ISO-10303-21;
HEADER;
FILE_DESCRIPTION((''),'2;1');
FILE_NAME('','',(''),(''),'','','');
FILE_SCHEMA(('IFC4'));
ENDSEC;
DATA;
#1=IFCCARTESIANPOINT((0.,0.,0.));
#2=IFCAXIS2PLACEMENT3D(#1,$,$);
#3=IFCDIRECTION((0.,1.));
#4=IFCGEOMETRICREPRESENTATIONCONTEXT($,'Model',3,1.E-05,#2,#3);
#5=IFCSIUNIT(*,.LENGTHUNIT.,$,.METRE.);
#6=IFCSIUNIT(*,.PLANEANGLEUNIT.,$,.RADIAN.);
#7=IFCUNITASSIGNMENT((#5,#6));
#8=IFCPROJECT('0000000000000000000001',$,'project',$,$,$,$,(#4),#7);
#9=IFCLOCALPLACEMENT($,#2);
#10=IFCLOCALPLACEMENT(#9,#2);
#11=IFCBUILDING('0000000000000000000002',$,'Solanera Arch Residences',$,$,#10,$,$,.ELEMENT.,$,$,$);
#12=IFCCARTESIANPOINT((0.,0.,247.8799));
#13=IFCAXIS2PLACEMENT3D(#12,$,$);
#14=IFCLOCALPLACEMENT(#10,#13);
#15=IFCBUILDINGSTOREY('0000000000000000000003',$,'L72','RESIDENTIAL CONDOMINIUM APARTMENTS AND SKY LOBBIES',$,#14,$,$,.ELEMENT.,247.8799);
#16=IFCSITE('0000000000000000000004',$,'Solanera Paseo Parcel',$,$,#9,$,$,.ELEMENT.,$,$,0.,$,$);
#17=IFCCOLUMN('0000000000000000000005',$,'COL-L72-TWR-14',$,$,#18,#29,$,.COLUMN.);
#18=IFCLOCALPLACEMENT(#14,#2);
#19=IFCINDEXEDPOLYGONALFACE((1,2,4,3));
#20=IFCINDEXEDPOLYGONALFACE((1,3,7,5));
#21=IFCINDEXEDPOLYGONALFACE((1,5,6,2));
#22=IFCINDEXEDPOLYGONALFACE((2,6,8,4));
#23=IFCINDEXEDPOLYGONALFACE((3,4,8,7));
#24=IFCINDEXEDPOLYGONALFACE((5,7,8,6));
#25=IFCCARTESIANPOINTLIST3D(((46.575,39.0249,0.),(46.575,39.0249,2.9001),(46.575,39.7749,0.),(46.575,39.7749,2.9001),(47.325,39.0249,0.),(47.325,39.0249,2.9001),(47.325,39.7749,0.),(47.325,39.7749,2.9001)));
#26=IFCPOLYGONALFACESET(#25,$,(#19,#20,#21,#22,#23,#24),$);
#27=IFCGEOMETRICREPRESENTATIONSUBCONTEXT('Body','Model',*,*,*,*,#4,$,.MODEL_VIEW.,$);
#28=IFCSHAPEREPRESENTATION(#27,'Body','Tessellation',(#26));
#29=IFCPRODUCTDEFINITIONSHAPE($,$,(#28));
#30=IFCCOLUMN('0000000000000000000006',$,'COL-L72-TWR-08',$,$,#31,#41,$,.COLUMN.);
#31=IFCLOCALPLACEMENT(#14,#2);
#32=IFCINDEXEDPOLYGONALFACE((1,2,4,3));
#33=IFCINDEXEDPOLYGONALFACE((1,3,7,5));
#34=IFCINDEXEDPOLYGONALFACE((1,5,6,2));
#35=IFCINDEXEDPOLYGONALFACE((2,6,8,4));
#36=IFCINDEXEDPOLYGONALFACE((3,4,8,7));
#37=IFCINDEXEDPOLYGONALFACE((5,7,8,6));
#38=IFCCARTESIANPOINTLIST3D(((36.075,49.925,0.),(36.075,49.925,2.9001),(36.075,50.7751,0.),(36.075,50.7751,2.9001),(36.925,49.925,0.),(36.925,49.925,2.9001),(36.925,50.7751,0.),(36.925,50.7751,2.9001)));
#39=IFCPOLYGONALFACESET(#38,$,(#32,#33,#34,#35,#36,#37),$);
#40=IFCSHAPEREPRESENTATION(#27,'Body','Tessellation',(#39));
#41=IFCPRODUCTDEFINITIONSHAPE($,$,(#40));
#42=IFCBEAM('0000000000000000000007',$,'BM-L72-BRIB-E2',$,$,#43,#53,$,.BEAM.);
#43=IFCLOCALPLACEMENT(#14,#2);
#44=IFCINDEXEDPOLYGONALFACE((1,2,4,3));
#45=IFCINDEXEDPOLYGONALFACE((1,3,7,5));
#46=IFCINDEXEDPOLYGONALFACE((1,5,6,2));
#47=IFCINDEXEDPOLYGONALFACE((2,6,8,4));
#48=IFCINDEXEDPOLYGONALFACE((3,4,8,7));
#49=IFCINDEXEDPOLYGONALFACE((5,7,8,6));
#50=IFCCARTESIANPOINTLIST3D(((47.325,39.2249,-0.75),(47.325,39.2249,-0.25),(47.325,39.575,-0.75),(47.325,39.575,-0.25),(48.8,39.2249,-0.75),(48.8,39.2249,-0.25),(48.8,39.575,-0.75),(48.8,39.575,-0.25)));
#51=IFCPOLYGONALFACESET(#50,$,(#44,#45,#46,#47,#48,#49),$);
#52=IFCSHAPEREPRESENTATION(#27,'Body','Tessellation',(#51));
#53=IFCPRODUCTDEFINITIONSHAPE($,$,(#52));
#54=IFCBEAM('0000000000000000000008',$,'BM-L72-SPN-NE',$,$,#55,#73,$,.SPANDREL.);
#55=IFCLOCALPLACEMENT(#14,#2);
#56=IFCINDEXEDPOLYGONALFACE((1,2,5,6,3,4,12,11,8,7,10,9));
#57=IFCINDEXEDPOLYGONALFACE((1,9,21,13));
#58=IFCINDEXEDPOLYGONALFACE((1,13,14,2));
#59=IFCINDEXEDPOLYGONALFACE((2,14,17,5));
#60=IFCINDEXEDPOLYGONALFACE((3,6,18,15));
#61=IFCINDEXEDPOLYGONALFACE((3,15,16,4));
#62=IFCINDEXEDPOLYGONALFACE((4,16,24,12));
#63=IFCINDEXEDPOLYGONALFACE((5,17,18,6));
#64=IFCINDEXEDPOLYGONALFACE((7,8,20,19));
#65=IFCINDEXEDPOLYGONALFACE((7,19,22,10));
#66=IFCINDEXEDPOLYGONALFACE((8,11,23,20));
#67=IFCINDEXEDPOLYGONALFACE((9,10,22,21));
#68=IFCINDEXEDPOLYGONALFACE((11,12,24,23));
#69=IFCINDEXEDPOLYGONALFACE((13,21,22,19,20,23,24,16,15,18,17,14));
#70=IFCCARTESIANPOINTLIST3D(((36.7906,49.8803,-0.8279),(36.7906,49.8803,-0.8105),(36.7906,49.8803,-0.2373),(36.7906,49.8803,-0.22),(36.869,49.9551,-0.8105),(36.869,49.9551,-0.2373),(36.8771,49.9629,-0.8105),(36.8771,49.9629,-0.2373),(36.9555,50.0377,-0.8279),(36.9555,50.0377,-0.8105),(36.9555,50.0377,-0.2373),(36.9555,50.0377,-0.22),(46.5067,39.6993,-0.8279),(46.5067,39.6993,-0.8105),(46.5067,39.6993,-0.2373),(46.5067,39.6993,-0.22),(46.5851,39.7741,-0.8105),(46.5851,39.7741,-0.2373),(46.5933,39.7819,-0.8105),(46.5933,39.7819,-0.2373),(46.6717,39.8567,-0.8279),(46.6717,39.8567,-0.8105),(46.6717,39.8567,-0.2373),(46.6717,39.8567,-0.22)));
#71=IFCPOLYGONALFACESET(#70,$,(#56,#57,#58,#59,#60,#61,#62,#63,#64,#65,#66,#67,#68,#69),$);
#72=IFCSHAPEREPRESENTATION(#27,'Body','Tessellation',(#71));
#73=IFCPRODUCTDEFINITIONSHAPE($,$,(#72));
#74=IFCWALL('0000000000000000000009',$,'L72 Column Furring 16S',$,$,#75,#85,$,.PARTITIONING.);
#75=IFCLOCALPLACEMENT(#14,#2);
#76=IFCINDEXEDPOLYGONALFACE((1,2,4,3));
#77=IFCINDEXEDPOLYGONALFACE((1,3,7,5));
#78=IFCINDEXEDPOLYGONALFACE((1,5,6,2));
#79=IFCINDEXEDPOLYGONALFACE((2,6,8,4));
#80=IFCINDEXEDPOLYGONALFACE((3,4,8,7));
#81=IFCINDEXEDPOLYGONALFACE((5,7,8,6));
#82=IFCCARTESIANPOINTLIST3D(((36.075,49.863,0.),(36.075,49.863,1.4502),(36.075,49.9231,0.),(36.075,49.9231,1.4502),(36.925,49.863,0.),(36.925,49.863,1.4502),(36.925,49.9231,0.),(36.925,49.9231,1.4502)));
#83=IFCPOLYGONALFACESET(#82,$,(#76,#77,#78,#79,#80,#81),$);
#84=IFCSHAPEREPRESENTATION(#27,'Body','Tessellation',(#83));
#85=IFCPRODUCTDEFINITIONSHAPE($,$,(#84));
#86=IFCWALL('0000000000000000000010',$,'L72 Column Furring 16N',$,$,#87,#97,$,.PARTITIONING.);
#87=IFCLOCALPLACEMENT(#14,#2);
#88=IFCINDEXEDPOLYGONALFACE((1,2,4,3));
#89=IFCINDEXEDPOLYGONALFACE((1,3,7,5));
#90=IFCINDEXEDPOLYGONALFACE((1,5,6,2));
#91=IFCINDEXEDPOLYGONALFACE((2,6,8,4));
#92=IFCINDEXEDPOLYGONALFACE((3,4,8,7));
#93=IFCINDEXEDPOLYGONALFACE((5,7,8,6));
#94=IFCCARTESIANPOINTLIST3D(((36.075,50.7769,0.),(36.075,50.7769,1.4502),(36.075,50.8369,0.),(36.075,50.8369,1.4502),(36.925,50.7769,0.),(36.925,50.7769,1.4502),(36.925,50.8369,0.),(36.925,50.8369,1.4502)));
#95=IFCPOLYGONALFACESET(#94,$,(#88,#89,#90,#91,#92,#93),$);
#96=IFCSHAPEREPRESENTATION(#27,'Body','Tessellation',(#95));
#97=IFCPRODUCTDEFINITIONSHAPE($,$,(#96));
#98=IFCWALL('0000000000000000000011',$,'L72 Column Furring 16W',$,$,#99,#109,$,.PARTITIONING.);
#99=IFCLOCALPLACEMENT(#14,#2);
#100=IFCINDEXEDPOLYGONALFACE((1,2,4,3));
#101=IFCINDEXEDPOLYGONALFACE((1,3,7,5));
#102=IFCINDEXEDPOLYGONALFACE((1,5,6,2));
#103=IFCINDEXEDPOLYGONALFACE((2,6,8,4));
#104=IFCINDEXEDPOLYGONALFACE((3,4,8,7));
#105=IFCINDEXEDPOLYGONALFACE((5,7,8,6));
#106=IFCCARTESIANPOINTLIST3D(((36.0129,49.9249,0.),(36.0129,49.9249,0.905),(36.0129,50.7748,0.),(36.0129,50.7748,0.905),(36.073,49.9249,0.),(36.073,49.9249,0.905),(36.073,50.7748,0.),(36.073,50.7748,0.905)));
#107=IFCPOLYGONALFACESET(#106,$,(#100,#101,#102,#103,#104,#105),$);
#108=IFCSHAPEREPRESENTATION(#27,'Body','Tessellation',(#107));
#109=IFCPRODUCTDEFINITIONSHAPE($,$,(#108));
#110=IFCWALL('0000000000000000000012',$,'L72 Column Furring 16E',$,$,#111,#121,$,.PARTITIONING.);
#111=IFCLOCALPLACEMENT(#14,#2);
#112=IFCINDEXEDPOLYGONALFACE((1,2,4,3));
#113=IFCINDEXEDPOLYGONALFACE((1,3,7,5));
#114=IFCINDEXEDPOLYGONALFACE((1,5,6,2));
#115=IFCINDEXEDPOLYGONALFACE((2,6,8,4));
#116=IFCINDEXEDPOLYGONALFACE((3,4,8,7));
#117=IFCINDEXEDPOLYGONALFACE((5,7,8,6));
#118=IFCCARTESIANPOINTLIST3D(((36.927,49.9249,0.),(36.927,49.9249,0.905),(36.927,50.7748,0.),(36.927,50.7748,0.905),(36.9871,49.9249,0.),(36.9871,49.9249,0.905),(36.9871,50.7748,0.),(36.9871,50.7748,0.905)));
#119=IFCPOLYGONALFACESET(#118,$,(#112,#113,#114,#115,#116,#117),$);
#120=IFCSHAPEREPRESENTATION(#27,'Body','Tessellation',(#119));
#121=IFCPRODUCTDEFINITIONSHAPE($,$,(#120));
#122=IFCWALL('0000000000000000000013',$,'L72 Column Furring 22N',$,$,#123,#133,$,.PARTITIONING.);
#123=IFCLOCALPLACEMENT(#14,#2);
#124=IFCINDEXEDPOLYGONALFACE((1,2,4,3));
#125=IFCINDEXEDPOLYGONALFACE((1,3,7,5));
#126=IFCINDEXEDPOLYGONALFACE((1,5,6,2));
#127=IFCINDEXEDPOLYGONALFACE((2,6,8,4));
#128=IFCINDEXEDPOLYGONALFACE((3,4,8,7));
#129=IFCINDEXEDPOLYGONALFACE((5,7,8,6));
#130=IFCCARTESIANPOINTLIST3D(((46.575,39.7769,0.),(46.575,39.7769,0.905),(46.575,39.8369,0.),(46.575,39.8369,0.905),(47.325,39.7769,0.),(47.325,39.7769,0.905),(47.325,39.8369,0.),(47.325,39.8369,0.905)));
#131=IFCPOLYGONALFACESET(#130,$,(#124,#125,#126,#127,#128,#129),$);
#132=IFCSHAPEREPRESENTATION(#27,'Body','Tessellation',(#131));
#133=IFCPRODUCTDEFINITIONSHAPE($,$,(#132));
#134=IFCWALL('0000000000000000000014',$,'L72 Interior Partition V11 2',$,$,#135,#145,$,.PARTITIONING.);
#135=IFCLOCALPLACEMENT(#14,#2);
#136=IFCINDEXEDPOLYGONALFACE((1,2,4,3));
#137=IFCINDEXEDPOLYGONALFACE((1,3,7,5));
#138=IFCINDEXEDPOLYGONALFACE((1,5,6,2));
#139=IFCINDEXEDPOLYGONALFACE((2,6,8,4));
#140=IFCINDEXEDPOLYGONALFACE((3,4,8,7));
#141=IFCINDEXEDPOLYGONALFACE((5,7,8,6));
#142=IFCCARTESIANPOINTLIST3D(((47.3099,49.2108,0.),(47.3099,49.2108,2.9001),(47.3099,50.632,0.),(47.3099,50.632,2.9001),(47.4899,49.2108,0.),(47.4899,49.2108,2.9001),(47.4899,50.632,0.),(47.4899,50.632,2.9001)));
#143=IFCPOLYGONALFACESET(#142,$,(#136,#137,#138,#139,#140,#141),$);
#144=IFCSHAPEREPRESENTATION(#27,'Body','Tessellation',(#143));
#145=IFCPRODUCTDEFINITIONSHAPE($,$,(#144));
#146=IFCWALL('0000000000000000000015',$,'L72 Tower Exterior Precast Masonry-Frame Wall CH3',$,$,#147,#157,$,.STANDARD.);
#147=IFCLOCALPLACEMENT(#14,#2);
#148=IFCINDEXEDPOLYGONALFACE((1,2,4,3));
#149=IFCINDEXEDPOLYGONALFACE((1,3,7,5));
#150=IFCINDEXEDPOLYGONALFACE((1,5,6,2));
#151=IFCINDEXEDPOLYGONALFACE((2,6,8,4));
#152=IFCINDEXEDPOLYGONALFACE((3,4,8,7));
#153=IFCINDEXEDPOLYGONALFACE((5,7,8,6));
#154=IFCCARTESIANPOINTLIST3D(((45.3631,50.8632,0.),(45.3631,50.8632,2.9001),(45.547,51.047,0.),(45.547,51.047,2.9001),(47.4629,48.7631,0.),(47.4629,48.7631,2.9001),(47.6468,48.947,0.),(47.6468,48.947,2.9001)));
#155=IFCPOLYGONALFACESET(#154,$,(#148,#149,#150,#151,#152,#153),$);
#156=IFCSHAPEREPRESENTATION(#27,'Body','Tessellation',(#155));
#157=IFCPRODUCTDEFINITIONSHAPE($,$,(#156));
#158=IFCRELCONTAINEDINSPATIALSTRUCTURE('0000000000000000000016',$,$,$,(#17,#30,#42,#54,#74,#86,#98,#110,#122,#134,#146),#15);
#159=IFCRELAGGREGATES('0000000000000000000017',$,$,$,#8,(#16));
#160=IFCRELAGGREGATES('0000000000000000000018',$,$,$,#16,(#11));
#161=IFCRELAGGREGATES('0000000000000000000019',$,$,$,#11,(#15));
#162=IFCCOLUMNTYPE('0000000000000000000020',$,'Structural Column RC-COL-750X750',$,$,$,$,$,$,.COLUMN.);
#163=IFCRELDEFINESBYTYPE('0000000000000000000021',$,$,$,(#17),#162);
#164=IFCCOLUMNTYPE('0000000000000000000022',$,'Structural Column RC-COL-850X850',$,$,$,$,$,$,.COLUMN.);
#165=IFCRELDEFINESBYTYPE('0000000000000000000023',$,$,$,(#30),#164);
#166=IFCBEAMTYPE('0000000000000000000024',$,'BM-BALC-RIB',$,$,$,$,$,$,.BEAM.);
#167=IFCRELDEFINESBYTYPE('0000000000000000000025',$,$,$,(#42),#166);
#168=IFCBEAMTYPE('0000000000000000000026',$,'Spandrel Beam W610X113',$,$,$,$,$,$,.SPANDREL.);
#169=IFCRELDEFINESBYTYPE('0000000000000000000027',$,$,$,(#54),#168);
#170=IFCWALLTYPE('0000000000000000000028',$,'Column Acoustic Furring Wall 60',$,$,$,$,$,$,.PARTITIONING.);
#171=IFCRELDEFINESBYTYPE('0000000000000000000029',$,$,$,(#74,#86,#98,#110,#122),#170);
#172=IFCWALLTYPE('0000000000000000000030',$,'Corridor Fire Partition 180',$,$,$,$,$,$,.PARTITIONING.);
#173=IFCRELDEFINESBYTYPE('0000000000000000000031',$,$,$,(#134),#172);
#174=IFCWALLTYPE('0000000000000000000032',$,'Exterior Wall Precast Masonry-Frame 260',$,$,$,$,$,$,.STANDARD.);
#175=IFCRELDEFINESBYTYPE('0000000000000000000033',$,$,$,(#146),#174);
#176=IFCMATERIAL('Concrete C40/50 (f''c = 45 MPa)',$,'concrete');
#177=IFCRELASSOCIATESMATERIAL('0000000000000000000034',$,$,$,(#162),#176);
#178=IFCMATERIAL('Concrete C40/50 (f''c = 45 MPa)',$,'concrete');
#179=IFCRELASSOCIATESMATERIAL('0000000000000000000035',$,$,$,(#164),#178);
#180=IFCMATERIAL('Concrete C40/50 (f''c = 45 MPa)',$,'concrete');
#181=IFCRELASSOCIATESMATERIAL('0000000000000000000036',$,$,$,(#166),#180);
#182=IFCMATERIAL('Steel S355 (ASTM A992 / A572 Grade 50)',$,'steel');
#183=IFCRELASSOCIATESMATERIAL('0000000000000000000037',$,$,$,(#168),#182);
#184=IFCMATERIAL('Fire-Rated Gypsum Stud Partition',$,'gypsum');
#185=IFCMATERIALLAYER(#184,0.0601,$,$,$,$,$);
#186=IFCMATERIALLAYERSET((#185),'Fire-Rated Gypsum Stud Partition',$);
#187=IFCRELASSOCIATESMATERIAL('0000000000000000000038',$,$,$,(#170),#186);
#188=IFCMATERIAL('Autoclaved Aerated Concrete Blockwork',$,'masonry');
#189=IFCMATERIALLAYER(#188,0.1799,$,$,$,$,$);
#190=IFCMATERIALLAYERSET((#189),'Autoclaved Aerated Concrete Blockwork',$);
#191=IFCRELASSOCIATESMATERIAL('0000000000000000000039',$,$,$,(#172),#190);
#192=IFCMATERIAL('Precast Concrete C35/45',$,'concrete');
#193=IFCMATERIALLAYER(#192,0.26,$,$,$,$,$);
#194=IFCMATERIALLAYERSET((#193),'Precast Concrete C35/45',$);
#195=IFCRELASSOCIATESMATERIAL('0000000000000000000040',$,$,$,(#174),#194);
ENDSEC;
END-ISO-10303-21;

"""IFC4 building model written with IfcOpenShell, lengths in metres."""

from ifc_helpers import new_model, si_unit, direction, frame, frame_2d, origin, origin_2d, place, context, subcontext, project, spatial, rectangle, i_section, extrude, material, layer, layer_set, material_profile, profile_set, type_object, element, save


model = new_model("IFC4")

# Units and contexts
model_context = context("Model", 3, precision=1e-05, world=origin(), true_north=direction((0.0, 1.0)))
body_context = subcontext(model_context, "Body", "Model", "MODEL_VIEW")
ifc_project = project(units=[si_unit("LENGTHUNIT", "METRE"), si_unit("PLANEANGLEUNIT", "RADIAN")], contexts=[model_context])

# Site, building, storey
site_placement = place(None, origin())
site = spatial("IfcSite", under=ifc_project, at=site_placement, Name="Solanera Paseo Parcel", CompositionType="ELEMENT", RefElevation=0.0)
building_placement = place(site_placement, origin())
building = spatial("IfcBuilding", under=site, at=building_placement, Name="Solanera Arch Residences", CompositionType="ELEMENT")
storey_placement = place(building_placement, frame((0.0, 0.0, 247.8799)))
storey = spatial("IfcBuildingStorey", under=building, at=storey_placement, Name="L72", Description="RESIDENTIAL CONDOMINIUM APARTMENTS AND SKY LOBBIES", CompositionType="ELEMENT", Elevation=247.8799)

# Columns
ifc_material_1 = material(Name="Concrete C40/50 (f'c = 45 MPa)", Category="concrete")
ifc_material_profile_1 = material_profile(ifc_material_1, rectangle(XDim=0.75, YDim=0.75, at=origin_2d()))
ifc_profile_set_1 = profile_set([ifc_material_profile_1], Name="Concrete C40/50 (f'c = 45 MPa)")
column_type_1 = type_object("IfcColumnType", Name="Structural Column RC-COL-750X750", PredefinedType="COLUMN", material=ifc_profile_set_1)
column_1_placement = place(storey_placement, frame((46.95, 39.3999, 0.0), z_axis=(0.0, 0.0, 1.0), x_axis=(1.0, 0.0, 0.0)))
element("IfcColumn", 1, at=column_1_placement, inside=storey, type_object=column_type_1, Name="COL-L72-TWR-14", PredefinedType="COLUMN", context=body_context, shape_type="SweptSolid", body=[
    extrude(rectangle(XDim=0.75, YDim=0.75, at=origin_2d()), origin(), (0.0, 0.0, 1.0), 2.9001),
])
ifc_material_2 = material(Name="Concrete C40/50 (f'c = 45 MPa)", Category="concrete")
ifc_material_profile_2 = material_profile(ifc_material_2, rectangle(XDim=0.8501, YDim=0.8501, at=origin_2d()))
ifc_profile_set_2 = profile_set([ifc_material_profile_2], Name="Concrete C40/50 (f'c = 45 MPa)")
column_type_2 = type_object("IfcColumnType", Name="Structural Column RC-COL-850X850", PredefinedType="COLUMN", material=ifc_profile_set_2)
column_2_placement = place(storey_placement, frame((36.5, 50.3501, 0.0), z_axis=(0.0, 0.0, 1.0), x_axis=(1.0, 0.0, 0.0)))
element("IfcColumn", 2, at=column_2_placement, inside=storey, type_object=column_type_2, Name="COL-L72-TWR-08", PredefinedType="COLUMN", context=body_context, shape_type="SweptSolid", body=[
    extrude(rectangle(XDim=0.8501, YDim=0.8501, at=origin_2d()), origin(), (0.0, 0.0, 1.0), 2.9001),
])

# Beams
ifc_material_3 = material(Name="Concrete C40/50 (f'c = 45 MPa)", Category="concrete")
ifc_material_profile_3 = material_profile(ifc_material_3, rectangle(XDim=0.3501, YDim=0.5, at=origin_2d()))
ifc_profile_set_3 = profile_set([ifc_material_profile_3], Name="Concrete C40/50 (f'c = 45 MPa)")
beam_type_1 = type_object("IfcBeamType", Name="BM-BALC-RIB", PredefinedType="BEAM", material=ifc_profile_set_3)
beam_1_placement = place(storey_placement, frame((47.325, 39.3999, -0.5), z_axis=(1.0, 0.0, 0.0), x_axis=(0.0, 1.0, 0.0)))
element("IfcBeam", 3, at=beam_1_placement, inside=storey, type_object=beam_type_1, Name="BM-L72-BRIB-E2", PredefinedType="BEAM", context=body_context, shape_type="SweptSolid", body=[
    extrude(rectangle(XDim=0.3501, YDim=0.5, at=origin_2d()), origin(), (0.0, 0.0, 1.0), 1.4751),
])
ifc_material_4 = material(Name="Steel S355 (ASTM A992 / A572 Grade 50)", Category="steel")
ifc_material_profile_4 = material_profile(ifc_material_4, i_section(OverallWidth=0.228, OverallDepth=0.6079, WebThickness=0.0112, FlangeThickness=0.0173, at=origin_2d()))
ifc_profile_set_4 = profile_set([ifc_material_profile_4], Name="Steel S355 (ASTM A992 / A572 Grade 50)")
beam_type_2 = type_object("IfcBeamType", Name="Spandrel Beam W610X113", PredefinedType="SPANDREL", material=ifc_profile_set_4)
beam_2_placement = place(storey_placement, frame((36.873, 49.959, -0.5239), z_axis=(0.690399, -0.723429, 0.0), x_axis=(0.723429, 0.690399, 0.0)))
element("IfcBeam", 4, at=beam_2_placement, inside=storey, type_object=beam_type_2, Name="BM-L72-SPN-NE", PredefinedType="SPANDREL", context=body_context, shape_type="SweptSolid", body=[
    extrude(i_section(OverallWidth=0.228, OverallDepth=0.6079, WebThickness=0.0112, FlangeThickness=0.0173, at=origin_2d()), origin(), (0.0, 0.0, 1.0), 14.0732),
])

# Walls
ifc_material_5 = material(Name="Fire-Rated Gypsum Stud Partition", Category="gypsum")
ifc_layer_1 = layer(ifc_material_5, 0.0601)
ifc_layer_set_1 = layer_set([ifc_layer_1], Name="Fire-Rated Gypsum Stud Partition")
wall_type_1 = type_object("IfcWallType", Name="Column Acoustic Furring Wall 60", PredefinedType="PARTITIONING", material=ifc_layer_set_1)
for number, where, z_axis, x_axis, name in (
    (5, (36.075, 49.8931, 0.0), (0.0, 0.0, 1.0), (1.0, 0.0, 0.0), "L72 Column Furring 16S"),
    (6, (36.075, 50.8069, 0.0), (0.0, 0.0, 1.0), (1.0, 0.0, 0.0), "L72 Column Furring 16N"),
):
    element("IfcWall", number, at=place(storey_placement, frame(where, z_axis=z_axis, x_axis=x_axis)), inside=storey, type_object=wall_type_1, Name=name, PredefinedType="PARTITIONING", context=body_context, shape_type="SweptSolid", body=[
        extrude(rectangle(XDim=0.8501, YDim=0.0601, at=frame_2d((0.425, 0.0))), origin(), (0.0, 0.0, 1.0), 1.4502),
    ])
for number, where, z_axis, x_axis, name in (
    (7, (36.043, 49.925, 0.0), (0.0, 0.0, 1.0), (0.0, 1.0, 0.0), "L72 Column Furring 16W"),
    (8, (36.957, 49.925, 0.0), (0.0, 0.0, 1.0), (0.0, 1.0, 0.0), "L72 Column Furring 16E"),
):
    element("IfcWall", number, at=place(storey_placement, frame(where, z_axis=z_axis, x_axis=x_axis)), inside=storey, type_object=wall_type_1, Name=name, PredefinedType="PARTITIONING", context=body_context, shape_type="SweptSolid", body=[
        extrude(rectangle(XDim=0.8499, YDim=0.0601, at=frame_2d((0.4248, 0.0))), origin(), (0.0, 0.0, 1.0), 0.905),
    ])
wall_1_placement = place(storey_placement, frame((46.575, 39.8069, 0.0), z_axis=(0.0, 0.0, 1.0), x_axis=(1.0, 0.0, 0.0)))
element("IfcWall", 9, at=wall_1_placement, inside=storey, type_object=wall_type_1, Name="L72 Column Furring 22N", PredefinedType="PARTITIONING", context=body_context, shape_type="SweptSolid", body=[
    extrude(rectangle(XDim=0.75, YDim=0.0601, at=frame_2d((0.375, 0.0))), origin(), (0.0, 0.0, 1.0), 0.905),
])
ifc_material_6 = material(Name="Autoclaved Aerated Concrete Blockwork", Category="masonry")
ifc_layer_2 = layer(ifc_material_6, 0.1799)
ifc_layer_set_2 = layer_set([ifc_layer_2], Name="Autoclaved Aerated Concrete Blockwork")
wall_type_2 = type_object("IfcWallType", Name="Corridor Fire Partition 180", PredefinedType="PARTITIONING", material=ifc_layer_set_2)
wall_2_placement = place(storey_placement, frame((47.3999, 49.2109, 0.0), z_axis=(0.0, 0.0, 1.0), x_axis=(0.0, 1.0, 0.0)))
element("IfcWall", 10, at=wall_2_placement, inside=storey, type_object=wall_type_2, Name="L72 Interior Partition V11 2", PredefinedType="PARTITIONING", context=body_context, shape_type="SweptSolid", body=[
    extrude(rectangle(XDim=1.4211, YDim=0.1799, at=frame_2d((0.7104, 0.0))), origin(), (0.0, 0.0, 1.0), 2.9001),
])
ifc_material_7 = material(Name="Precast Concrete C35/45", Category="concrete")
ifc_layer_3 = layer(ifc_material_7, 0.26)
ifc_layer_set_3 = layer_set([ifc_layer_3], Name="Precast Concrete C35/45")
wall_type_3 = type_object("IfcWallType", Name="Exterior Wall Precast Masonry-Frame 260", PredefinedType="STANDARD", material=ifc_layer_set_3)
wall_3_placement = place(storey_placement, frame((45.4551, 50.9551, 0.0), z_axis=(0.0, 0.0, 1.0), x_axis=(0.707066, -0.707148, 0.0)))
element("IfcWall", 11, at=wall_3_placement, inside=storey, type_object=wall_type_3, Name="L72 Tower Exterior Precast Masonry-Frame Wall CH3", PredefinedType="STANDARD", context=body_context, shape_type="SweptSolid", body=[
    extrude(rectangle(XDim=2.9697, YDim=0.26, at=frame_2d((1.4849, 0.0))), origin(), (0.0, 0.0, 1.0), 2.9001),
])

save(model, "model.ifc")
